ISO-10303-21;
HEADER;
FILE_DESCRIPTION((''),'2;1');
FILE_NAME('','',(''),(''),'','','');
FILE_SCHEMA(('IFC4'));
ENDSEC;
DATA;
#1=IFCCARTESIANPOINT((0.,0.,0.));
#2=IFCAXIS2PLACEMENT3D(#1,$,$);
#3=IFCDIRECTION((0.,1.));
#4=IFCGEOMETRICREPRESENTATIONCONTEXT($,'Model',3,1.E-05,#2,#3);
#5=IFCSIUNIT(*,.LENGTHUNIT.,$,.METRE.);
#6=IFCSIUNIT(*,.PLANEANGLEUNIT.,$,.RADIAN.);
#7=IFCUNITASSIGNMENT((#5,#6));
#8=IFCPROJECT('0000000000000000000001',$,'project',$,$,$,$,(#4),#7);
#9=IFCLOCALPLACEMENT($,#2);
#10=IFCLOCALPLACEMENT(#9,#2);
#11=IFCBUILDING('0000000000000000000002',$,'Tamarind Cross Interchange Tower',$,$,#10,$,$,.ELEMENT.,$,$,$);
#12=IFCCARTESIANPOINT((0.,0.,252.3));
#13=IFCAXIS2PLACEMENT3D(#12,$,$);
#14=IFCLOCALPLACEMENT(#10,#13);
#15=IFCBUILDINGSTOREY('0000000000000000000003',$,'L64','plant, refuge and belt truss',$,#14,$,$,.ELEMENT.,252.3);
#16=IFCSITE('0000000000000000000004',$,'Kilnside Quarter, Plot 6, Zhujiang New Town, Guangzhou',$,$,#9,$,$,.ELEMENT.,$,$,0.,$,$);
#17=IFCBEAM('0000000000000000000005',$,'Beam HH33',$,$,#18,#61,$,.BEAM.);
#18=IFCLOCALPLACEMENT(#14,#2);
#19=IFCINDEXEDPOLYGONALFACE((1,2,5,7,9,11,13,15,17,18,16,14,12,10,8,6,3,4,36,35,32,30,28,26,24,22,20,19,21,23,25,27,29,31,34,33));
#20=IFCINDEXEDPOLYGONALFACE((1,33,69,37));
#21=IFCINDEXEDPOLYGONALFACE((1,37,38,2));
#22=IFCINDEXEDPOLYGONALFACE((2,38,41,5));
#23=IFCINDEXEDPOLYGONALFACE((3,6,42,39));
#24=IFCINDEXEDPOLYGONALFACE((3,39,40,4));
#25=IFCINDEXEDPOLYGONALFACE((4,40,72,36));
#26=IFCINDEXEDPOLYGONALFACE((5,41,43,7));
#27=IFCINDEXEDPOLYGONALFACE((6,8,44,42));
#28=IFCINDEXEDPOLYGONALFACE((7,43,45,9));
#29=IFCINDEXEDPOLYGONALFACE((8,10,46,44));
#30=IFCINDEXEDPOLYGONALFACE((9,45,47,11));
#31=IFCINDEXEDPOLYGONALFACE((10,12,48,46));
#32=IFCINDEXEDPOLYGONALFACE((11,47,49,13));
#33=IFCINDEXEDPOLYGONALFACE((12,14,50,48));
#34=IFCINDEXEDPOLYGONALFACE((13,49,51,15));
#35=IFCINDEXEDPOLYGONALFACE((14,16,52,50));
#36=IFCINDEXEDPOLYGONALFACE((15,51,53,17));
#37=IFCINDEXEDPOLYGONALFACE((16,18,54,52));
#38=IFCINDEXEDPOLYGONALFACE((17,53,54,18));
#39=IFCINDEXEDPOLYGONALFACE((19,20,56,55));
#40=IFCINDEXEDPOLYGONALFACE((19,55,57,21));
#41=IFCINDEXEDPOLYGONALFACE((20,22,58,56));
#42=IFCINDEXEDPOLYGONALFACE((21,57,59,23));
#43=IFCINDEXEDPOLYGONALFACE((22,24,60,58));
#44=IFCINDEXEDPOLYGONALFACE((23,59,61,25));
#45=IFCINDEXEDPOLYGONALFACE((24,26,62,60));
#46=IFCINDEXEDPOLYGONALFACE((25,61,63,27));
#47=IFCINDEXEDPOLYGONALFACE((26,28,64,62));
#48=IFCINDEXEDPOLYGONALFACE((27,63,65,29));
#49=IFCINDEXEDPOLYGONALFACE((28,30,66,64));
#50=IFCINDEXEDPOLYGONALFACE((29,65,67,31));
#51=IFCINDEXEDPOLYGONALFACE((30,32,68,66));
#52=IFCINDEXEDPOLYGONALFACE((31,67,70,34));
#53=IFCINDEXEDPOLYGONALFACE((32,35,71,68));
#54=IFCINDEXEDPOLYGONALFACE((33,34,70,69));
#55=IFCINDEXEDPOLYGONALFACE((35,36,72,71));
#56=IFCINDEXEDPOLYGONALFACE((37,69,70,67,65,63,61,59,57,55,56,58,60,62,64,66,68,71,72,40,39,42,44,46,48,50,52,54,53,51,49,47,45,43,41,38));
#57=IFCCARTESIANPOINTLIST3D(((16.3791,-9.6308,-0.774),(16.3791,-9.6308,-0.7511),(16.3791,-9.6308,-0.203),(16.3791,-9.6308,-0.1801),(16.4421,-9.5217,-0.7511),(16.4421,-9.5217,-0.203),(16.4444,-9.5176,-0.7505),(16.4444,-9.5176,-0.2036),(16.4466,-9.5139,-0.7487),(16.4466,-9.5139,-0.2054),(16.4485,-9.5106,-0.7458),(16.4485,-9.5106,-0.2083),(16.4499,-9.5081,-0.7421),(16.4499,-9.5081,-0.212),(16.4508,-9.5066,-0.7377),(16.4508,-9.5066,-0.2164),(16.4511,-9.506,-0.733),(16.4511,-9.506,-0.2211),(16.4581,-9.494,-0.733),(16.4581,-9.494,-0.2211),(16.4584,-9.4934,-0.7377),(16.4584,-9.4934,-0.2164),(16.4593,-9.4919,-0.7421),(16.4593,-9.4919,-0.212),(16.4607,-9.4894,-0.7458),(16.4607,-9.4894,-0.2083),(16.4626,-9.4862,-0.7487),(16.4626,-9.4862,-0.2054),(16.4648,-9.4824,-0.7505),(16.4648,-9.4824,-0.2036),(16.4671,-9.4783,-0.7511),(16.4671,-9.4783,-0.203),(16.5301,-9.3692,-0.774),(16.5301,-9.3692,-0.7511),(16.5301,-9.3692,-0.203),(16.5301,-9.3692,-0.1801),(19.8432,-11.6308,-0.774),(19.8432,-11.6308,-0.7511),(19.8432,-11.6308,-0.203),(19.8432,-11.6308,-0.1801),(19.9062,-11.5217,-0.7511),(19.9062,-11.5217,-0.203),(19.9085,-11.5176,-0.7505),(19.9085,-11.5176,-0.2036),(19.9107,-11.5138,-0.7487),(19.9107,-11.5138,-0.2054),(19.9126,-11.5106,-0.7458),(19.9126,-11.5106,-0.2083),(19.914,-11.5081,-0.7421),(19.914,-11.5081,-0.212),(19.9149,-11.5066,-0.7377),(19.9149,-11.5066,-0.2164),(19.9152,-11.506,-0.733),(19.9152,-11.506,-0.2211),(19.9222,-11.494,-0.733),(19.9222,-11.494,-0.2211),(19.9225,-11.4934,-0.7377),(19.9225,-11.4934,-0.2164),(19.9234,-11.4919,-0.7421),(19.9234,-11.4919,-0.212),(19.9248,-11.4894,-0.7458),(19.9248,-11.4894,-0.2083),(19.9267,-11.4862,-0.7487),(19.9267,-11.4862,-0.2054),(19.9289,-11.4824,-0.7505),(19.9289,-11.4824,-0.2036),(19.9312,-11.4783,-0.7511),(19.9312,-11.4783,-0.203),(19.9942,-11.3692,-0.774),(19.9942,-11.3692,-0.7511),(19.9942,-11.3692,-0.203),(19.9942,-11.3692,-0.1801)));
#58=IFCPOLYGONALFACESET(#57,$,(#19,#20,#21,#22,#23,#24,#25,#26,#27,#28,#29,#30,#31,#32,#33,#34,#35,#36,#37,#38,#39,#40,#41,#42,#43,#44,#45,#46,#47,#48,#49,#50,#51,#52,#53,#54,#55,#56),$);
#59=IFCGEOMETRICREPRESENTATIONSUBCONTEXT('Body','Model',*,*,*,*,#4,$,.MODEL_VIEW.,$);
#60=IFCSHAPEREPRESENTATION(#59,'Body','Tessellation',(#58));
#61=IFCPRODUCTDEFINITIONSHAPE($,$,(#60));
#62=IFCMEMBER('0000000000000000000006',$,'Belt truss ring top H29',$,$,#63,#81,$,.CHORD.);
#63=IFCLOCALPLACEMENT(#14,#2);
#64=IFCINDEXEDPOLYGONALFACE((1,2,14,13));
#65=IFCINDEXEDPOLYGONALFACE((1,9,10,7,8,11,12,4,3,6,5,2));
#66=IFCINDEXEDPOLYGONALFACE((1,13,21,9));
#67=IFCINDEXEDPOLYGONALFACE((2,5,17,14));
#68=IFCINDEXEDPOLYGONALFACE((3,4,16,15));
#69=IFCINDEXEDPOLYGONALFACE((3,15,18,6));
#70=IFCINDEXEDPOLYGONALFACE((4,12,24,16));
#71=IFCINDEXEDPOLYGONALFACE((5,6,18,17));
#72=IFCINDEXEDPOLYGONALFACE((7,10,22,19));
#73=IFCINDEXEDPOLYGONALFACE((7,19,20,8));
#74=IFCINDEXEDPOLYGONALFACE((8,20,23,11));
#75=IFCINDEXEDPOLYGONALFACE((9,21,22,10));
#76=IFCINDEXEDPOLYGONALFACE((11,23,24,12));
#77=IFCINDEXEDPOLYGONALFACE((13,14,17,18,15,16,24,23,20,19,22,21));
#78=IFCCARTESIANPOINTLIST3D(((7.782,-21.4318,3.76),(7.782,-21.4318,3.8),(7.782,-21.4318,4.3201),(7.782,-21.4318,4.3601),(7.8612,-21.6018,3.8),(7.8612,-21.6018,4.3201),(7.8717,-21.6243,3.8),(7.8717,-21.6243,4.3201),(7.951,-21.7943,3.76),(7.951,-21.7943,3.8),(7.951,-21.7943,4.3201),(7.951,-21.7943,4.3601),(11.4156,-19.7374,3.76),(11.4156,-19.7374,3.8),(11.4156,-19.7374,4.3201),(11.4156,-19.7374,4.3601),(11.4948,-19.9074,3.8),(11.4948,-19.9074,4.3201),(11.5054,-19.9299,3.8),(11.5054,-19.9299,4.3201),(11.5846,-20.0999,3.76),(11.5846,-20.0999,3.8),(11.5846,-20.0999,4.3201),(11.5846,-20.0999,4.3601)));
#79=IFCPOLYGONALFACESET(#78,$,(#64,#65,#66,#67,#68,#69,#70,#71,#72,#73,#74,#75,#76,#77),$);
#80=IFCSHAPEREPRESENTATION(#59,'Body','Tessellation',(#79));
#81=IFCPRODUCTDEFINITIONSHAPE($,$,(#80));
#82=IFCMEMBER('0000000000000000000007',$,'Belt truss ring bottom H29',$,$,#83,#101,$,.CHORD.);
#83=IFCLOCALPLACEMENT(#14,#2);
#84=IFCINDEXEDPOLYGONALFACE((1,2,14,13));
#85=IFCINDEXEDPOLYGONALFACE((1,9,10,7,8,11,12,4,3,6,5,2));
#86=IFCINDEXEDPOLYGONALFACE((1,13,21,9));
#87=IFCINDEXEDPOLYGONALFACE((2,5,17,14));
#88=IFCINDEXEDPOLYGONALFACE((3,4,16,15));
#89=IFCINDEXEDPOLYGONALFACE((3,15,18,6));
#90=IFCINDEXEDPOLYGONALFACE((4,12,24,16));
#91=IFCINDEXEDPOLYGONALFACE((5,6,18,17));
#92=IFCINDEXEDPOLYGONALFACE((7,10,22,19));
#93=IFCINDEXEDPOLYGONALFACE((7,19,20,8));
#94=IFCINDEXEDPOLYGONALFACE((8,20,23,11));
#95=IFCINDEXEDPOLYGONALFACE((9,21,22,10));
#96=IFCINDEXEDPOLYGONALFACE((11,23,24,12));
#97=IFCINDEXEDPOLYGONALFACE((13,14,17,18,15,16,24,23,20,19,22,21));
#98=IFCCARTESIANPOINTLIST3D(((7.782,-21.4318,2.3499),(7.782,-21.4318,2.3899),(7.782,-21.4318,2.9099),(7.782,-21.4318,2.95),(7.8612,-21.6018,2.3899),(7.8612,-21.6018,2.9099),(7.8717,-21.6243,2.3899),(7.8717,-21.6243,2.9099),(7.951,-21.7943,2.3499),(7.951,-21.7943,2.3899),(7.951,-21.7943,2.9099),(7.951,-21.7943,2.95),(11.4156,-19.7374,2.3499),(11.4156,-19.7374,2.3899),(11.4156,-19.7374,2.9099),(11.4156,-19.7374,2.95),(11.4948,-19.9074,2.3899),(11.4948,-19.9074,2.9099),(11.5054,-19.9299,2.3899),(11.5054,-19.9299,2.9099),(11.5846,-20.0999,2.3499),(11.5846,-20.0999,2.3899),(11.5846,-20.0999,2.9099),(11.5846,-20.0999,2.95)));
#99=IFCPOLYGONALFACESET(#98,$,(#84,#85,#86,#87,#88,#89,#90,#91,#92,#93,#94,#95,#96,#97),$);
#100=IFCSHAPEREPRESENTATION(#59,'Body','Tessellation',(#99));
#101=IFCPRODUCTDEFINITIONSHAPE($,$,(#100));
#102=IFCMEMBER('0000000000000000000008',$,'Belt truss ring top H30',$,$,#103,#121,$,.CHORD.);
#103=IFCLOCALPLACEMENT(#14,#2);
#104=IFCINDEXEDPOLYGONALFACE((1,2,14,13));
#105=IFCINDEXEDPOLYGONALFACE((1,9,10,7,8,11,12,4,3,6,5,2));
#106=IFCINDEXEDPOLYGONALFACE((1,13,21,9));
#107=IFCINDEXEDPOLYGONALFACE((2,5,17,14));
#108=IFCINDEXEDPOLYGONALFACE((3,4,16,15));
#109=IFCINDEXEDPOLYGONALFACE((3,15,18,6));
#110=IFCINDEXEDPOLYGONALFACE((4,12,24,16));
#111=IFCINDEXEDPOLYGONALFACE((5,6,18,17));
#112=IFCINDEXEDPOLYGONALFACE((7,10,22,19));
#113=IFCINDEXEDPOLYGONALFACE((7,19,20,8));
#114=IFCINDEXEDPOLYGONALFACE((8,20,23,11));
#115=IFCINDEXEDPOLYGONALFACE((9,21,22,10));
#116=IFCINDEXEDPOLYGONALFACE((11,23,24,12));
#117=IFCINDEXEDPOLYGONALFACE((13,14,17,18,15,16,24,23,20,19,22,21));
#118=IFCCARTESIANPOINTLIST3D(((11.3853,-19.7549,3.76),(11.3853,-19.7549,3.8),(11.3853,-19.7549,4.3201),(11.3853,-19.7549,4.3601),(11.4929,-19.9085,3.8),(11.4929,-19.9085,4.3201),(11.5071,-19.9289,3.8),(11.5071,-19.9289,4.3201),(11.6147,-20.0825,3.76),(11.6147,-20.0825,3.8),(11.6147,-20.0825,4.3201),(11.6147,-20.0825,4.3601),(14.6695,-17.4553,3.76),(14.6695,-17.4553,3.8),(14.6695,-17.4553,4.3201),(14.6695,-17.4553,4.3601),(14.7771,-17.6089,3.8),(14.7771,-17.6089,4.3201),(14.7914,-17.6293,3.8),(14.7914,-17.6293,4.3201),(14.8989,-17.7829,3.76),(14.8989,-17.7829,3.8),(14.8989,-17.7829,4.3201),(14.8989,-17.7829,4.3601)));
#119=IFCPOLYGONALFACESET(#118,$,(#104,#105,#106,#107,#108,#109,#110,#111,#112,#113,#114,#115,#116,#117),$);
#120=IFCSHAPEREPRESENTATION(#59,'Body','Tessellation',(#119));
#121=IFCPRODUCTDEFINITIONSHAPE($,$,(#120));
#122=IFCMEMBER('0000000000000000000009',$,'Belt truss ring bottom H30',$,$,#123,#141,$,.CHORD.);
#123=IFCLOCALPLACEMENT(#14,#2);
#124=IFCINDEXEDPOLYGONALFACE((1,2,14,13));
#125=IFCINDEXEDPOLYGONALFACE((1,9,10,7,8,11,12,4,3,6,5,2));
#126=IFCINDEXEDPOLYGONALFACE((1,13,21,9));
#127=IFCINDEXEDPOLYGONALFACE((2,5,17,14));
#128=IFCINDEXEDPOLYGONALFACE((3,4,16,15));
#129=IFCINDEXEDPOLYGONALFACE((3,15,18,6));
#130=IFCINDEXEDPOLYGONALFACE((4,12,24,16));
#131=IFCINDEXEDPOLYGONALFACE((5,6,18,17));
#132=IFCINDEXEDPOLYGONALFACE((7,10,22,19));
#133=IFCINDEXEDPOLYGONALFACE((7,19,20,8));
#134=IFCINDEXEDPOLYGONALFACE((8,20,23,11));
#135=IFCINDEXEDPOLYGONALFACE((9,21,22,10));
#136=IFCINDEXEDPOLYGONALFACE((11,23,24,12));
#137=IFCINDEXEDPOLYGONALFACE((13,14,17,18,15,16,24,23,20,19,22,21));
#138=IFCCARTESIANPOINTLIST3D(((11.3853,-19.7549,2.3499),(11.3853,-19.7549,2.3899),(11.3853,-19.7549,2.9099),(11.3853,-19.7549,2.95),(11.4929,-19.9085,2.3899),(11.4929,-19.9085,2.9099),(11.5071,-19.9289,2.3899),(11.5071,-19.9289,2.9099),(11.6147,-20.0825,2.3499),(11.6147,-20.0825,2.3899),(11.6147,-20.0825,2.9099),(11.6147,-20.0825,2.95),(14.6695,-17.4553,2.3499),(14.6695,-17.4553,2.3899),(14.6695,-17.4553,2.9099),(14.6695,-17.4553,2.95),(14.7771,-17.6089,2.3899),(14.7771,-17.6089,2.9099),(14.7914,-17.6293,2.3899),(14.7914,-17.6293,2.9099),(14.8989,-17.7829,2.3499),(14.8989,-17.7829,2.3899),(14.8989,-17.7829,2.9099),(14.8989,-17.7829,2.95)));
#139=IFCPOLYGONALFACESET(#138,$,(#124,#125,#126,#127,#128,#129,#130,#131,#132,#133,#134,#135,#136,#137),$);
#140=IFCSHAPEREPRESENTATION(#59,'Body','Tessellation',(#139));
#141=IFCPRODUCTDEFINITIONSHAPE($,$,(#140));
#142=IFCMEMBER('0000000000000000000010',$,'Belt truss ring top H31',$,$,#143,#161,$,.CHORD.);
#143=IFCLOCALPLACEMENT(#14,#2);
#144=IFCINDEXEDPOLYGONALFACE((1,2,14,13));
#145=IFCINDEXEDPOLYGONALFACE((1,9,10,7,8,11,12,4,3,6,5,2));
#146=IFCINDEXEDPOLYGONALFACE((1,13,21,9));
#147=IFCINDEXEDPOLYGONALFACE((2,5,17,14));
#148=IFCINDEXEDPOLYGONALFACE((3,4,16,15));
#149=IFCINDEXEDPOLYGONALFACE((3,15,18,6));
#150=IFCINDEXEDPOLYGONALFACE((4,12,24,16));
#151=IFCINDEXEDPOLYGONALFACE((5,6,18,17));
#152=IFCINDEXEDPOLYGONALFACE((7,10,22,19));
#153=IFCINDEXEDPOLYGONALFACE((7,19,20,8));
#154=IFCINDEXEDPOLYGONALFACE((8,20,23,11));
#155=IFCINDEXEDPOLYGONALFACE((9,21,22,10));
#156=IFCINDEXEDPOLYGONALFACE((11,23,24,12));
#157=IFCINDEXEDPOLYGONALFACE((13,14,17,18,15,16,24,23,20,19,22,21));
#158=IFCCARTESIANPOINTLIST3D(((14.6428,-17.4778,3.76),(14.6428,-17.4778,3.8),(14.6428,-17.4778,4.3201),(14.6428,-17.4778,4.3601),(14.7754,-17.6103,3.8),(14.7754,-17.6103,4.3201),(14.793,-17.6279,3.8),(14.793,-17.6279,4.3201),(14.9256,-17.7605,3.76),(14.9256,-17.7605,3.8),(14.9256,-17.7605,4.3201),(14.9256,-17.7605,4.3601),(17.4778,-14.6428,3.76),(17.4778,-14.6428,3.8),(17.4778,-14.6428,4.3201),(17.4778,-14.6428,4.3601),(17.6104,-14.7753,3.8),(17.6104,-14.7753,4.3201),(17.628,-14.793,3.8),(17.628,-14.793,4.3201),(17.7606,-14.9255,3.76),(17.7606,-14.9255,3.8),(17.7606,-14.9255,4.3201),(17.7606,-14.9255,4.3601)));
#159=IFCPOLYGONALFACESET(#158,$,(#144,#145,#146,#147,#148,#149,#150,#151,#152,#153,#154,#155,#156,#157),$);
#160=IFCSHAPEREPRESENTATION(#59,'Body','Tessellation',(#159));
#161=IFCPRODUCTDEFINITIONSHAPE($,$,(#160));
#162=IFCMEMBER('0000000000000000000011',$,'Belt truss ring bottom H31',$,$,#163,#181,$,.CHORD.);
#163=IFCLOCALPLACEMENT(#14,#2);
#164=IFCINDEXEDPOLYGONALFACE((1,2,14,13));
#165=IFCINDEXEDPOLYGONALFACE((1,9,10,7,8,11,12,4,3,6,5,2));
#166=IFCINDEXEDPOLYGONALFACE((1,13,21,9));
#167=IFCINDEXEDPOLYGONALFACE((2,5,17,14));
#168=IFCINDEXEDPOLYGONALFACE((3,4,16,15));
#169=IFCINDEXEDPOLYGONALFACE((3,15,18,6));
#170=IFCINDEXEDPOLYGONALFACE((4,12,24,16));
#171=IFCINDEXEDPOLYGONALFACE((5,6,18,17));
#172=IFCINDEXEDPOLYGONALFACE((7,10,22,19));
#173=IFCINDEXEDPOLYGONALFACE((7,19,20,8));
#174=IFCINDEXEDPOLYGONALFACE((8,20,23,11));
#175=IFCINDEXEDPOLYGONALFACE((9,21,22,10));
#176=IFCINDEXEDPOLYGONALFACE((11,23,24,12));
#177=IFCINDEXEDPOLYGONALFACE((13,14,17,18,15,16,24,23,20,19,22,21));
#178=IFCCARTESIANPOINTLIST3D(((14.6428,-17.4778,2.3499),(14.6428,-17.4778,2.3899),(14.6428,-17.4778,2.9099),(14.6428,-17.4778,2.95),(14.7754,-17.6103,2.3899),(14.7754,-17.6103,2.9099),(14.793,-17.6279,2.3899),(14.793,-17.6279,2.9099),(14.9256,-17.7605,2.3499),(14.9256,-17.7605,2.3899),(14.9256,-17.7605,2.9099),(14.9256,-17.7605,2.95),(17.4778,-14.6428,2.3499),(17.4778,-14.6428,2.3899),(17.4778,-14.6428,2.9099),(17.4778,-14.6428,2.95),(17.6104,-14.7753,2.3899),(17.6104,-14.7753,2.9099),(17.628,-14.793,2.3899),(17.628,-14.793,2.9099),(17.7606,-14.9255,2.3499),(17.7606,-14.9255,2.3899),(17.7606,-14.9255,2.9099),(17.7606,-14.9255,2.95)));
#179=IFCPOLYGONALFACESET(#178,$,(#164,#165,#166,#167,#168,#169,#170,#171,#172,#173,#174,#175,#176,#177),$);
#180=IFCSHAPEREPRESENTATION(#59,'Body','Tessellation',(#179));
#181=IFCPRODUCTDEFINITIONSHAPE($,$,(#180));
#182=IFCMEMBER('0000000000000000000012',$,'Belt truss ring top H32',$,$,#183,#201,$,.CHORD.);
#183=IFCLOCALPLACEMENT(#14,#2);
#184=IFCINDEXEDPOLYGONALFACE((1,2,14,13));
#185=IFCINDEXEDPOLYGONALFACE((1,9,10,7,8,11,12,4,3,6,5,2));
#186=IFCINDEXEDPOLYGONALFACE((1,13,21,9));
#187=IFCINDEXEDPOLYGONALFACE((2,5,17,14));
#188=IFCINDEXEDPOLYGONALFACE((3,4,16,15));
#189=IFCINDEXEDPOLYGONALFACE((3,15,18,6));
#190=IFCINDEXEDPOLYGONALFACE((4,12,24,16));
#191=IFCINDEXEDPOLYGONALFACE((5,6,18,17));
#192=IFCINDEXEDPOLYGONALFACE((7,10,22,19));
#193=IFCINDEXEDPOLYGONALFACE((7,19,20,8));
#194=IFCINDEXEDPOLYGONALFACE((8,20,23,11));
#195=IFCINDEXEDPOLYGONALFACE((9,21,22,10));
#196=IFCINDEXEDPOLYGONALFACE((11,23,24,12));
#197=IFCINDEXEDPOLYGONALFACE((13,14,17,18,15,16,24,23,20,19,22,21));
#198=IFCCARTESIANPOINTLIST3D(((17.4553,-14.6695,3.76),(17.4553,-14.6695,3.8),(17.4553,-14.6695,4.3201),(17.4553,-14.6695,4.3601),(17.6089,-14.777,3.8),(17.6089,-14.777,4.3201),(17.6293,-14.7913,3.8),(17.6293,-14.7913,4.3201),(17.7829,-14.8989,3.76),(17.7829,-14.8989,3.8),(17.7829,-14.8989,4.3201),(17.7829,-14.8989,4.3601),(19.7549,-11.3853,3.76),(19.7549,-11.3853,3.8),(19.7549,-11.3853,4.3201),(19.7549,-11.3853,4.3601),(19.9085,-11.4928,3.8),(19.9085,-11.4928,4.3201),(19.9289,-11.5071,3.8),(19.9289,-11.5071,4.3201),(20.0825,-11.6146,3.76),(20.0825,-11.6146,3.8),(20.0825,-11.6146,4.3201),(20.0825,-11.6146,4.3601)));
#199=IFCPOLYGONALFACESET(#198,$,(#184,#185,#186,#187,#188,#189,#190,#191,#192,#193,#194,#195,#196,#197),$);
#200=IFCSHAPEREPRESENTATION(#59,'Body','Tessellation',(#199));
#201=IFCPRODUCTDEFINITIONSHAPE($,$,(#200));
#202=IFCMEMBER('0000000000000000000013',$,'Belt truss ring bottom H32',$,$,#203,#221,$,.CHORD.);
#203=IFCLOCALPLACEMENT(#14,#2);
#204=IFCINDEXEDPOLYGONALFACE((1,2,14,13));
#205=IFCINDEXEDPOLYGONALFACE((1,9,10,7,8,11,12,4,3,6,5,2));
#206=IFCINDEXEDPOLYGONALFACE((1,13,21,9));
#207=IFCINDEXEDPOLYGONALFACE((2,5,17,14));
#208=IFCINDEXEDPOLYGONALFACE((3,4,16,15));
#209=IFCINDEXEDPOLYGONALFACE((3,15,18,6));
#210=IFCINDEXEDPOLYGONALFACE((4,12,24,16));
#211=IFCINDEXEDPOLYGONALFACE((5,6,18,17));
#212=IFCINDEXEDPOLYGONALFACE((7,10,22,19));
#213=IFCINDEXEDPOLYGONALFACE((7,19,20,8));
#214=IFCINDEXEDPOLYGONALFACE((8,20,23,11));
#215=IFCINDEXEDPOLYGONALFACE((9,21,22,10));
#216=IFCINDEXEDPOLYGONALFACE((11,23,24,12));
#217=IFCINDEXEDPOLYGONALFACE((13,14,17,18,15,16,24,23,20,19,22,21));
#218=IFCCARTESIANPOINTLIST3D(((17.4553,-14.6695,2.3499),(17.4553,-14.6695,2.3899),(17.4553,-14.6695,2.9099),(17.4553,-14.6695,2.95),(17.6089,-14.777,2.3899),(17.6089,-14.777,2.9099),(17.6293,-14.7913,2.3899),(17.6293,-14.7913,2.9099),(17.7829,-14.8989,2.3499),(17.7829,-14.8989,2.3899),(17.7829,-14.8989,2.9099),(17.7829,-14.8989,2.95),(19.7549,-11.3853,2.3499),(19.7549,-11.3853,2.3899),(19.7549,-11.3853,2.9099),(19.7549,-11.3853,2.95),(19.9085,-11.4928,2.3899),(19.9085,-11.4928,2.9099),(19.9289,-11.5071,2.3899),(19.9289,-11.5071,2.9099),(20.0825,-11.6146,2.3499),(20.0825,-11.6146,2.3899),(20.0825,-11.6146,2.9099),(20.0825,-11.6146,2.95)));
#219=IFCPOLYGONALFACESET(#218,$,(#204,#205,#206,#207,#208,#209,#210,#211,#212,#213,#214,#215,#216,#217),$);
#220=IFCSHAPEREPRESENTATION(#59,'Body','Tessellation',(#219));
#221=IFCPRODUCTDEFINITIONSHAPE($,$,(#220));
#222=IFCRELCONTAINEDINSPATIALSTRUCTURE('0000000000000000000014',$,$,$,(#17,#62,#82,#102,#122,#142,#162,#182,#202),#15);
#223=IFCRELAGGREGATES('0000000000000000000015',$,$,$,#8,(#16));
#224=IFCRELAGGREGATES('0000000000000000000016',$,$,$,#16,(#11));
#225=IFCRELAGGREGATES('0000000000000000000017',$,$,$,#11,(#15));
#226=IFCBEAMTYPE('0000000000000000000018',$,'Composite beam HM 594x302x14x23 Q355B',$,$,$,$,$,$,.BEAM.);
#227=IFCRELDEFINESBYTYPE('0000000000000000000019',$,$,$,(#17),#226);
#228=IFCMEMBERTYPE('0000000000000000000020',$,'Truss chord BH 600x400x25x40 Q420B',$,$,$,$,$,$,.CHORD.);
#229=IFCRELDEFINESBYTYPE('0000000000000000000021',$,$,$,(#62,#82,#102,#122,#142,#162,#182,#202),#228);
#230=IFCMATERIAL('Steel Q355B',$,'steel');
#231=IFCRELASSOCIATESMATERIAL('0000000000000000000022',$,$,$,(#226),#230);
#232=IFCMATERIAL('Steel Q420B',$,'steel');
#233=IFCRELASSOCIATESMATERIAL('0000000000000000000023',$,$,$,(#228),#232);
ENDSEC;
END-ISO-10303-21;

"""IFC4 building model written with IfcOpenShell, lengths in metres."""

from ifc_helpers import new_model, si_unit, direction, frame, origin, origin_2d, place, context, subcontext, project, spatial, i_section, extrude, material, material_profile, profile_set, type_object, element, save


model = new_model("IFC4")

# Units and contexts
model_context = context("Model", 3, precision=1e-05, world=origin(), true_north=direction((0.0, 1.0)))
body_context = subcontext(model_context, "Body", "Model", "MODEL_VIEW")
ifc_project = project(units=[si_unit("LENGTHUNIT", "METRE"), si_unit("PLANEANGLEUNIT", "RADIAN")], contexts=[model_context])

# Site, building, storey
site_placement = place(None, origin())
site = spatial("IfcSite", under=ifc_project, at=site_placement, Name="Kilnside Quarter, Plot 6, Zhujiang New Town, Guangzhou", CompositionType="ELEMENT", RefElevation=0.0)
building_placement = place(site_placement, origin())
building = spatial("IfcBuilding", under=site, at=building_placement, Name="Tamarind Cross Interchange Tower", CompositionType="ELEMENT")
storey_placement = place(building_placement, frame((0.0, 0.0, 252.3)))
storey = spatial("IfcBuildingStorey", under=building, at=storey_placement, Name="L64", Description="plant, refuge and belt truss", CompositionType="ELEMENT", Elevation=252.3)

# Beam
ifc_material_1 = material(Name="Steel Q355B", Category="steel")
ifc_material_profile_1 = material_profile(ifc_material_1, i_section(OverallWidth=0.302, OverallDepth=0.594, WebThickness=0.0139, FlangeThickness=0.0229, FilletRadius=0.0181, at=origin_2d()), Name="HM 594x302x14x23")
ifc_profile_set_1 = profile_set([ifc_material_profile_1], Name="Steel Q355B")
beam_type = type_object("IfcBeamType", Name="Composite beam HM 594x302x14x23 Q355B", PredefinedType="BEAM", material=ifc_profile_set_1)
beam_1_placement = place(storey_placement, frame((19.9187, -11.5, -0.4771), z_axis=(-0.866026, 0.499999, 0.0), x_axis=(-0.499999, -0.866026, 0.0)))
element("IfcBeam", 1, at=beam_1_placement, inside=storey, type_object=beam_type, Name="Beam HH33", PredefinedType="BEAM", context=body_context, shape_type="SweptSolid", body=[
    extrude(i_section(OverallWidth=0.302, OverallDepth=0.594, WebThickness=0.0139, FlangeThickness=0.0229, FilletRadius=0.0181, at=origin_2d()), origin(), (0.0, 0.0, 1.0), 4.0),
])

# Members
ifc_material_2 = material(Name="Steel Q420B", Category="steel")
ifc_material_profile_2 = material_profile(ifc_material_2, i_section(OverallWidth=0.3999, OverallDepth=0.6001, WebThickness=0.0249, FlangeThickness=0.04, at=origin_2d()), Name="BH 600x400x25x40")
ifc_profile_set_2 = profile_set([ifc_material_profile_2], Name="Steel Q420B")
member_type_1 = type_object("IfcMemberType", Name="Truss chord BH 600x400x25x40 Q420B", PredefinedType="CHORD", material=ifc_profile_set_2)
for number, where, z_axis, x_axis, name in (
    (2, (7.8665, -21.613, 4.0601), (0.906309, 0.422615, 0.0), (-0.422615, 0.906309, 0.0), "Belt truss ring top H29"),
    (3, (7.8665, -21.613, 2.6499), (0.906309, 0.422615, 0.0), (-0.422615, 0.906309, 0.0), "Belt truss ring bottom H29"),
    (4, (11.5, -19.9187, 4.0601), (0.819158, 0.573569, 0.0), (-0.573569, 0.819158, 0.0), "Belt truss ring top H30"),
    (5, (11.5, -19.9187, 2.6499), (0.819158, 0.573569, 0.0), (-0.573569, 0.819158, 0.0), "Belt truss ring bottom H30"),
    (6, (14.7842, -17.6191, 4.0601), (0.707107, 0.707107, 0.0), (-0.707107, 0.707107, 0.0), "Belt truss ring top H31"),
    (7, (14.7842, -17.6191, 2.6499), (0.707107, 0.707107, 0.0), (-0.707107, 0.707107, 0.0), "Belt truss ring bottom H31"),
    (8, (17.6191, -14.7842, 4.0601), (0.573569, 0.819158, 0.0), (-0.819158, 0.573569, 0.0), "Belt truss ring top H32"),
    (9, (17.6191, -14.7842, 2.6499), (0.573569, 0.819158, 0.0), (-0.819158, 0.573569, 0.0), "Belt truss ring bottom H32"),
):
    element("IfcMember", number, at=place(storey_placement, frame(where, z_axis=z_axis, x_axis=x_axis)), inside=storey, type_object=member_type_1, Name=name, PredefinedType="CHORD", context=body_context, shape_type="SweptSolid", body=[
        extrude(i_section(OverallWidth=0.3999, OverallDepth=0.6001, WebThickness=0.0249, FlangeThickness=0.04, at=origin_2d()), origin(), (0.0, 0.0, 1.0), 4.0093),
    ])

save(model, "model.ifc")
